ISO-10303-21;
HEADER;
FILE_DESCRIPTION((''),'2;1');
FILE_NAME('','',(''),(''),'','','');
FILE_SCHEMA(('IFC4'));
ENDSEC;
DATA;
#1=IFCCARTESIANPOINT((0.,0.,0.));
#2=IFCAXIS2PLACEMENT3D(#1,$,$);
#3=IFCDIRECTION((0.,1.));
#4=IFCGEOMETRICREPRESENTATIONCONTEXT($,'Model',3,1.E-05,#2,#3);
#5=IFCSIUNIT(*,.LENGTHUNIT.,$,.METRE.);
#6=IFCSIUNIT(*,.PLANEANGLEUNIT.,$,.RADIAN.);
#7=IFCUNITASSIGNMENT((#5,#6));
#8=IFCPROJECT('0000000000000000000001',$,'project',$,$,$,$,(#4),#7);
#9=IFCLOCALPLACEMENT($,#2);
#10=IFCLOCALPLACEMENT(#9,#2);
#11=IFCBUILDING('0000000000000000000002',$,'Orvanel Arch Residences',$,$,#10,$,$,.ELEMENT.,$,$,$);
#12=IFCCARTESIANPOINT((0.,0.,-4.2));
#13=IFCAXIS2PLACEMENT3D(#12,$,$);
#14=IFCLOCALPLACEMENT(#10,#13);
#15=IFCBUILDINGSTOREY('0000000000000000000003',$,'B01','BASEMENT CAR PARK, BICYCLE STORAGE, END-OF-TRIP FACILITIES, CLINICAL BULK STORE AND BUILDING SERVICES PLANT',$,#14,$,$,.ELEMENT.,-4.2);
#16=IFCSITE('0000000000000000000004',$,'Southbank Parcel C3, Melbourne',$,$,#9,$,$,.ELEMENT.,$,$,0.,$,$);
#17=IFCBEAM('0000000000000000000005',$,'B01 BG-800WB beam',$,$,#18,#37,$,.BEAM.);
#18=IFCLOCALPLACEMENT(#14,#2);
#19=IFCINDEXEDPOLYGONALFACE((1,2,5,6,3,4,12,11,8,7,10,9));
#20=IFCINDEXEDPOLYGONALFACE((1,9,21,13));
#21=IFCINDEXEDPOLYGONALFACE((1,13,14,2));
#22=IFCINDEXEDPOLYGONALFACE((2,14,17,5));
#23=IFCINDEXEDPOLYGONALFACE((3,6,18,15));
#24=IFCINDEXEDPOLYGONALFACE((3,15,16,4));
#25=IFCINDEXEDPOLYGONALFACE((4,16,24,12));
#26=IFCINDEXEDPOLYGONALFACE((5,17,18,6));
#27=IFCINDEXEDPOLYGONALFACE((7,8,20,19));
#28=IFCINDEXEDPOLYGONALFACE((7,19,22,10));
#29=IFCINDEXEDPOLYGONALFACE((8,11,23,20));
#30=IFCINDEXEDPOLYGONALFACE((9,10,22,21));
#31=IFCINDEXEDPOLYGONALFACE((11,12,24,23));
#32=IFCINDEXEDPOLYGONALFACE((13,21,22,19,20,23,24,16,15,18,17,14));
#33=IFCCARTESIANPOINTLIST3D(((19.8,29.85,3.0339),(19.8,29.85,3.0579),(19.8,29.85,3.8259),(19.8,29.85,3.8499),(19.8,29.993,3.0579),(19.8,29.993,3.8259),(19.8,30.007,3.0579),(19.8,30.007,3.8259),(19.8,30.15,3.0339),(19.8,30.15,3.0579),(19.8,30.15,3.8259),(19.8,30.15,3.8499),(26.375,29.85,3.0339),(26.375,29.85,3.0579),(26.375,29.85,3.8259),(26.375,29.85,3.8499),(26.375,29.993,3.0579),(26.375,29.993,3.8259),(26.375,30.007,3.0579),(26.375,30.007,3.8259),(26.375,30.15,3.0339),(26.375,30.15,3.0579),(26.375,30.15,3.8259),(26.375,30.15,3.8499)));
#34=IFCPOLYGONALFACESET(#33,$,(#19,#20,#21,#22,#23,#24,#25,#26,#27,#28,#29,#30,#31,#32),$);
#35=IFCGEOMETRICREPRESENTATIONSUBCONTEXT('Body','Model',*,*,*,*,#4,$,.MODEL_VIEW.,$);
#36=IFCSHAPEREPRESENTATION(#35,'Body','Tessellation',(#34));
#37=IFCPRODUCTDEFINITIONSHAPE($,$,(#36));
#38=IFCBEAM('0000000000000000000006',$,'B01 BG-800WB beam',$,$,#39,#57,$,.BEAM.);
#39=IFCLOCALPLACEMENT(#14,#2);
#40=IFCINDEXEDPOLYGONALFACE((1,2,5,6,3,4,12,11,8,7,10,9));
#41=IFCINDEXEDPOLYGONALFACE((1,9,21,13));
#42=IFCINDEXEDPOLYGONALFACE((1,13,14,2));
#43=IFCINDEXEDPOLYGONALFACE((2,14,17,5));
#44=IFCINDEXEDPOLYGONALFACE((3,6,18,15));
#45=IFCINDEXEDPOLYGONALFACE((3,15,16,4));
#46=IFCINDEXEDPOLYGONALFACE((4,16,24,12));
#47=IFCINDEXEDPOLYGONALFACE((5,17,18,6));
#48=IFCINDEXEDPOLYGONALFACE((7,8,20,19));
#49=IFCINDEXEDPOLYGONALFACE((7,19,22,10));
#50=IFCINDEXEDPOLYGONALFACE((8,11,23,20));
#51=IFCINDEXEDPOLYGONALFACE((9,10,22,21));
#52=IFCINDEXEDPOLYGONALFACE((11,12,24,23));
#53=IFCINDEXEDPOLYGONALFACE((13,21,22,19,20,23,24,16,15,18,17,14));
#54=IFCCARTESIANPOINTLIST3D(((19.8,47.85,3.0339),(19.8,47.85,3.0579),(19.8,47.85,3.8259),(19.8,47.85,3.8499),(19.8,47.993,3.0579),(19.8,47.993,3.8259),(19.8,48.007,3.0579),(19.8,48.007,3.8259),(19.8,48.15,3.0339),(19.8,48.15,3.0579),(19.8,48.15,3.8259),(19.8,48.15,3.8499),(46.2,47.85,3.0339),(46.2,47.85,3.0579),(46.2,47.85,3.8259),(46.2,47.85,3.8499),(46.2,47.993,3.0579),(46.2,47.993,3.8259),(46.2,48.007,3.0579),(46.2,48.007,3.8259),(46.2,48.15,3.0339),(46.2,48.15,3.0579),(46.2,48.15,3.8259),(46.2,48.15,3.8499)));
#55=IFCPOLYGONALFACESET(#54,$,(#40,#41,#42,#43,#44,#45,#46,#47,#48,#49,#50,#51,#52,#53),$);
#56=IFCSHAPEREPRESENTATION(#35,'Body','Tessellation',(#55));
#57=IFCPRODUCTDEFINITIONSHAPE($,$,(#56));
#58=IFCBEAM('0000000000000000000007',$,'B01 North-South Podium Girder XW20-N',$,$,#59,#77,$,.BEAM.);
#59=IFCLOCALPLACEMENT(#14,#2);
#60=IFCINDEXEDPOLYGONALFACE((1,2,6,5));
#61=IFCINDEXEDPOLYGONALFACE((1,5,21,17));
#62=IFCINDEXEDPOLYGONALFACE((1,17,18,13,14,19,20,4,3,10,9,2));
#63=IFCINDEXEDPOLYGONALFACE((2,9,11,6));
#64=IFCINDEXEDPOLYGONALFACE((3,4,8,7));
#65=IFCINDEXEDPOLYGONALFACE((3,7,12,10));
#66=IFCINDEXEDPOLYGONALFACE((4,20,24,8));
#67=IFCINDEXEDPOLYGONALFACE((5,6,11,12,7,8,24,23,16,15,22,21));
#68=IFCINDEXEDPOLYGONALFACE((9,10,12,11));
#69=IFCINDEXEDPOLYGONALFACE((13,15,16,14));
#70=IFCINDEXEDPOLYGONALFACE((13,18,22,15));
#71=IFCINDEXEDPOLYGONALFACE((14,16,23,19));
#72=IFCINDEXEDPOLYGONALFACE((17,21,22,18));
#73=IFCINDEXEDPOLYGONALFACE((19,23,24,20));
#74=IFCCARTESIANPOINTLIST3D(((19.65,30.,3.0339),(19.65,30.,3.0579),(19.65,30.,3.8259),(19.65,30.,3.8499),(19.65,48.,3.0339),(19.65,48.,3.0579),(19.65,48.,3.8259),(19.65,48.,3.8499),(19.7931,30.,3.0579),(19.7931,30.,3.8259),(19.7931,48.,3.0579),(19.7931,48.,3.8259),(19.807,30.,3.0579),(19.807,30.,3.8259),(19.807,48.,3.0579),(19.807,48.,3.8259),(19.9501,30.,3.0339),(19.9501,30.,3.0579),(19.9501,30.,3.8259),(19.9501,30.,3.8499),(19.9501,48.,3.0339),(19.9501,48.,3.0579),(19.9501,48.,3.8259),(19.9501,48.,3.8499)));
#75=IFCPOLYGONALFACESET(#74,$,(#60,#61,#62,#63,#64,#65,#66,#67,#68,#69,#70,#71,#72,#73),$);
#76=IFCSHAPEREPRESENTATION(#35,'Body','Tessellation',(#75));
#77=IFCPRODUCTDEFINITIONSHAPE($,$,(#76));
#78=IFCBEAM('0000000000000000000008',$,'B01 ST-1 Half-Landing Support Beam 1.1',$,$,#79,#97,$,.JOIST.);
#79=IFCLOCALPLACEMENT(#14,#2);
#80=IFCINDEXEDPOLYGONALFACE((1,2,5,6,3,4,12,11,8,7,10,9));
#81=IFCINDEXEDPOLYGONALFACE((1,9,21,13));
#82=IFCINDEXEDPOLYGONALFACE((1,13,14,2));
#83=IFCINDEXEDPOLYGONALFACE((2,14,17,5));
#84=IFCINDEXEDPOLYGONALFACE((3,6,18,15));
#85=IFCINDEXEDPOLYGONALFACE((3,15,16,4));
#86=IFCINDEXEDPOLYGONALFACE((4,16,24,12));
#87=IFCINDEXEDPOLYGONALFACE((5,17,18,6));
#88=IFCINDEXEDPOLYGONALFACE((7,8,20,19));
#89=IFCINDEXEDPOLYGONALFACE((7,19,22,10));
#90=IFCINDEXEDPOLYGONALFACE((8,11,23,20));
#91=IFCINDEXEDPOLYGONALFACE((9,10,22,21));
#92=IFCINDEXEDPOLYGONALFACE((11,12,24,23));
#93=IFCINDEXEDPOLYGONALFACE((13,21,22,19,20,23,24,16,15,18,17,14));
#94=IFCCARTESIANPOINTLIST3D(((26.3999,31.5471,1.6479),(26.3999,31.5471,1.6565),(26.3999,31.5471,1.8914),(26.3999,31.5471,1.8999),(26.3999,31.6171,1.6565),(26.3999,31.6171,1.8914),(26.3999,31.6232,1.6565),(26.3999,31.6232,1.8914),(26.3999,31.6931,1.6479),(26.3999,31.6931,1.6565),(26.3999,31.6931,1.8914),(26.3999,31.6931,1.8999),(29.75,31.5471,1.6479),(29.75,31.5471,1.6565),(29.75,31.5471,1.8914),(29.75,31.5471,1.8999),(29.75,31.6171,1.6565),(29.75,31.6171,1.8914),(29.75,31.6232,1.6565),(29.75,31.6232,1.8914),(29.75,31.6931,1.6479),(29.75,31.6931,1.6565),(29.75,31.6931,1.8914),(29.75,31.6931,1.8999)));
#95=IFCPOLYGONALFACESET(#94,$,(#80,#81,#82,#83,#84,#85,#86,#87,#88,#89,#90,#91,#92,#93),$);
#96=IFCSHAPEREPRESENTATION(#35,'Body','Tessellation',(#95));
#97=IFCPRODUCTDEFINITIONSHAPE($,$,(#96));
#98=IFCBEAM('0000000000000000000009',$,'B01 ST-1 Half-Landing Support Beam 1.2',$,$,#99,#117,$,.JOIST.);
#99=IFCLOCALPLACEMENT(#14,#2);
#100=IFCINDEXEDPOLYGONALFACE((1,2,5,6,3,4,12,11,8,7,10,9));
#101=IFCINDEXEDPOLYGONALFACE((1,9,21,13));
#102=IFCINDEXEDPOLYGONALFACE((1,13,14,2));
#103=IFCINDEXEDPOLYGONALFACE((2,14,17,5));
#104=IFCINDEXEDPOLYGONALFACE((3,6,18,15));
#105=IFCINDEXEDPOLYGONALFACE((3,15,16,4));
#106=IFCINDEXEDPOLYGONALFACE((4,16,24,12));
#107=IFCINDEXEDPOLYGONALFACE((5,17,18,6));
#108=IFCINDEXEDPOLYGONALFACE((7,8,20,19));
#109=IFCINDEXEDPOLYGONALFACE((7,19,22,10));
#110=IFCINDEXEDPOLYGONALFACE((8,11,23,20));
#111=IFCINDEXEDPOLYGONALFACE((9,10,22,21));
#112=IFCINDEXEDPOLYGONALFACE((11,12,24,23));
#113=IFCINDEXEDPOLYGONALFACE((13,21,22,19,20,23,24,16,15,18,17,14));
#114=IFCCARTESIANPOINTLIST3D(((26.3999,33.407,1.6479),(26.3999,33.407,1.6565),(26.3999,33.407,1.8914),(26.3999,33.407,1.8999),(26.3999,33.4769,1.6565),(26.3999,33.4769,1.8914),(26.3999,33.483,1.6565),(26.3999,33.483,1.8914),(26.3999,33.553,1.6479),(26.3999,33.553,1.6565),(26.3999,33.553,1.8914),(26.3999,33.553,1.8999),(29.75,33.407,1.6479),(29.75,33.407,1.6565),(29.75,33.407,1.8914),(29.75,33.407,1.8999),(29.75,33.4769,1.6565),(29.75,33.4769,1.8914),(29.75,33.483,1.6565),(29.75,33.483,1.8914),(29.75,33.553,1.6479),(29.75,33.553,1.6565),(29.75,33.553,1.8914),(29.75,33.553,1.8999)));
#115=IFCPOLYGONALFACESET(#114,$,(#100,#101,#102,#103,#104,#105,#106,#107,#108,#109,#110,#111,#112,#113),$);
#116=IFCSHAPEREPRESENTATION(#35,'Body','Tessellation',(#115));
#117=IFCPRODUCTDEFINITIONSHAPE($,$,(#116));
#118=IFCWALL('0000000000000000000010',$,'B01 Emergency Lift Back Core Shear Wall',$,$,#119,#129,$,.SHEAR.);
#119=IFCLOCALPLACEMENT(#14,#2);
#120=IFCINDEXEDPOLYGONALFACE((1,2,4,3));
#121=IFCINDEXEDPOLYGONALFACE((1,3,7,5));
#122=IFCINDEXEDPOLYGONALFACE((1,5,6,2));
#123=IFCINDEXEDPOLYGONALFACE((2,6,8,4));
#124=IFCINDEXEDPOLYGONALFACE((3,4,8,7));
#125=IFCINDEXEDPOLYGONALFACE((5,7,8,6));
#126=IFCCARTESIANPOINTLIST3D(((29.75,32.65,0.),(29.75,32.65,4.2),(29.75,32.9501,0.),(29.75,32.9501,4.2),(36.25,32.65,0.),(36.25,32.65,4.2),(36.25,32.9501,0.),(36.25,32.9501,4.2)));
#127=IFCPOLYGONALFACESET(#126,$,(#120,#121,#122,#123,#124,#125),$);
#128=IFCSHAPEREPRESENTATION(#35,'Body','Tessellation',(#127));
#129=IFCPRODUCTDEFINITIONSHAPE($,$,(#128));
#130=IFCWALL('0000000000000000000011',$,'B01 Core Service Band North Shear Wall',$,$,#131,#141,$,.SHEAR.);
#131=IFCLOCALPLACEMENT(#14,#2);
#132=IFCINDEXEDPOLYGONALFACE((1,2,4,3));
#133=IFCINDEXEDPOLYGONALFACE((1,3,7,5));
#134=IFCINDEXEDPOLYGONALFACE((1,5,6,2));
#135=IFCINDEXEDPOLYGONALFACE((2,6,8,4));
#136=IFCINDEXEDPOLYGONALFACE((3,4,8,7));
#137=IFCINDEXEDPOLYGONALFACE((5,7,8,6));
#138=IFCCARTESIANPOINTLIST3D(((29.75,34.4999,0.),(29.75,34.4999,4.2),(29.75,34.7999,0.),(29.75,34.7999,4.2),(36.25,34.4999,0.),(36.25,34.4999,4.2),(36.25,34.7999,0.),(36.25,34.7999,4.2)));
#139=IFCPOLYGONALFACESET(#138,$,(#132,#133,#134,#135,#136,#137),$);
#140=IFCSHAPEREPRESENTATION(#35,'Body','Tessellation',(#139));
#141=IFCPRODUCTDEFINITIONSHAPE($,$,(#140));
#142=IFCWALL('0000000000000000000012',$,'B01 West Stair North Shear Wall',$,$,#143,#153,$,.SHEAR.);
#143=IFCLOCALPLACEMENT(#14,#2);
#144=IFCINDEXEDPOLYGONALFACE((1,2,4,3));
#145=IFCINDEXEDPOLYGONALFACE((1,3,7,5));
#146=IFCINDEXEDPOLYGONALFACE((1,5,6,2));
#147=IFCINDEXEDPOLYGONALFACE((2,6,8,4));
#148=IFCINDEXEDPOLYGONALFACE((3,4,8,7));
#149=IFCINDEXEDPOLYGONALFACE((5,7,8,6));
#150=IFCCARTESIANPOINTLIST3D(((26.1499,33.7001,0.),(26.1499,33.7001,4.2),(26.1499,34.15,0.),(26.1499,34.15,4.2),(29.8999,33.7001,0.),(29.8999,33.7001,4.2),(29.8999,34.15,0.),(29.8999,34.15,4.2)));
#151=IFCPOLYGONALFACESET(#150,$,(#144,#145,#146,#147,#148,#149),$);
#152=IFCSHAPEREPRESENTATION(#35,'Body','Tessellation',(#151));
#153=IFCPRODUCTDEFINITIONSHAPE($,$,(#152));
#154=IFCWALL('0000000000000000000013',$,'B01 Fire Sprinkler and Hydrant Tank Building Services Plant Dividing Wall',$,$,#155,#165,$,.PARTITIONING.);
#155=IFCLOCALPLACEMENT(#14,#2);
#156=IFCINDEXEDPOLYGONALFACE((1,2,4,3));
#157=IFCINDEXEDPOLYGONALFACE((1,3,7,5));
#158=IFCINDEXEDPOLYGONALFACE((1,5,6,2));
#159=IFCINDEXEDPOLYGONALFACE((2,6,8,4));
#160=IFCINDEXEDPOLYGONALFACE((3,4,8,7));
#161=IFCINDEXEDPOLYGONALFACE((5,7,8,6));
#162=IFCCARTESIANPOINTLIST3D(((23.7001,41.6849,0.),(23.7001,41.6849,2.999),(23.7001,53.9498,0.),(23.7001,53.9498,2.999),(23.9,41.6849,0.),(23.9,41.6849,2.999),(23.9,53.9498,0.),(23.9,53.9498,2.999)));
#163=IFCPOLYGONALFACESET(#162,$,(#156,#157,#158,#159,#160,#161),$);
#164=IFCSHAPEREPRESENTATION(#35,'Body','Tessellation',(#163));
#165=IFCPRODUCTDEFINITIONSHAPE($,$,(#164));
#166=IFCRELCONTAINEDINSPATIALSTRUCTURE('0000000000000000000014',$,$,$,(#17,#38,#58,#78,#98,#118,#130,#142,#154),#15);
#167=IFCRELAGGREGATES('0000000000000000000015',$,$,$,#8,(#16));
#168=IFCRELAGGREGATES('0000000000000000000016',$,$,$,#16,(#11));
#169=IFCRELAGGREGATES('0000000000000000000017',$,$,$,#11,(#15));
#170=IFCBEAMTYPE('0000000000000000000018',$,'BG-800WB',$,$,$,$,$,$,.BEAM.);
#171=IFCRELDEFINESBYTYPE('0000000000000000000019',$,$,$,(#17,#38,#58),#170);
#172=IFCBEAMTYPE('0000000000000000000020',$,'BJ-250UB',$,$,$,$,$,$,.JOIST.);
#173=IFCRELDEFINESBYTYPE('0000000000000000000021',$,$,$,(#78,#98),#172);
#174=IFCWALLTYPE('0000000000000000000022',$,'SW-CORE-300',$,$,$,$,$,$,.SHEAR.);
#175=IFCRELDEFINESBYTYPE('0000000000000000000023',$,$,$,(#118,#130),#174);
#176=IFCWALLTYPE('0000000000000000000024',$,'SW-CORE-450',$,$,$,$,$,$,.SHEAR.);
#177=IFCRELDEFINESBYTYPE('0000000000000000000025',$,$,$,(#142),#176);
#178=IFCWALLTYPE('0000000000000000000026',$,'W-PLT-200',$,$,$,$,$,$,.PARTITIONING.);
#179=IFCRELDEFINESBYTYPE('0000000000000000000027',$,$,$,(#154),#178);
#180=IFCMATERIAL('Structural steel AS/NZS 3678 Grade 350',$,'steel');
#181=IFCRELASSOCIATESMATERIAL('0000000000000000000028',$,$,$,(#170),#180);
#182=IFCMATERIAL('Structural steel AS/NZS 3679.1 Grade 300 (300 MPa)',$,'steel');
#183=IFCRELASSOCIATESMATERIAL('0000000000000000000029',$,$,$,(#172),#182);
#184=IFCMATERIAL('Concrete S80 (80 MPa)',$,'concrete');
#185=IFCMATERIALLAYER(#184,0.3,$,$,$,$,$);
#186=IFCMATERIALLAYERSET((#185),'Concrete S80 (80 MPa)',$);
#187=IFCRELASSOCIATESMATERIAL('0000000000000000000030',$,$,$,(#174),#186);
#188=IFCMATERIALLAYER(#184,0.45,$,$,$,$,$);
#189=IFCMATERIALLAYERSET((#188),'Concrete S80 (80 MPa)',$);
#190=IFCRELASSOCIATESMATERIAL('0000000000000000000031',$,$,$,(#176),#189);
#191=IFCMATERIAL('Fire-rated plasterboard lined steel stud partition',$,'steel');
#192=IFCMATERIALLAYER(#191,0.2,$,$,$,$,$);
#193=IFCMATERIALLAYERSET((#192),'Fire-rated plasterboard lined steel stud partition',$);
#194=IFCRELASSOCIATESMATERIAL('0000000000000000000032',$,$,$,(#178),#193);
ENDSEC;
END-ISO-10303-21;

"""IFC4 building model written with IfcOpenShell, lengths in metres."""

from ifc_helpers import new_model, si_unit, direction, frame, frame_2d, origin, origin_2d, place, context, subcontext, project, spatial, rectangle, i_section, extrude, material, layer, layer_set, material_profile, profile_set, type_object, element, save


model = new_model("IFC4")

# Units and contexts
model_context = context("Model", 3, precision=1e-05, world=origin(), true_north=direction((0.0, 1.0)))
body_context = subcontext(model_context, "Body", "Model", "MODEL_VIEW")
ifc_project = project(units=[si_unit("LENGTHUNIT", "METRE"), si_unit("PLANEANGLEUNIT", "RADIAN")], contexts=[model_context])

# Site, building, storey
site_placement = place(None, origin())
site = spatial("IfcSite", under=ifc_project, at=site_placement, Name="Southbank Parcel C3, Melbourne", CompositionType="ELEMENT", RefElevation=0.0)
building_placement = place(site_placement, origin())
building = spatial("IfcBuilding", under=site, at=building_placement, Name="Orvanel Arch Residences", CompositionType="ELEMENT")
storey_placement = place(building_placement, frame((0.0, 0.0, -4.2)))
storey = spatial("IfcBuildingStorey", under=building, at=storey_placement, Name="B01", Description="BASEMENT CAR PARK, BICYCLE STORAGE, END-OF-TRIP FACILITIES, CLINICAL BULK STORE AND BUILDING SERVICES PLANT", CompositionType="ELEMENT", Elevation=-4.2)

# Shared definitions
ifc_material_1 = material(Name="Structural steel AS/NZS 3679.1 Grade 300 (300 MPa)", Category="steel")
ifc_material_2 = material(Name="Structural steel AS/NZS 3678 Grade 350", Category="steel")

# Beams
ifc_material_profile_1 = material_profile(ifc_material_2, i_section(OverallWidth=0.3, OverallDepth=0.8159, WebThickness=0.0139, FlangeThickness=0.0239, at=origin_2d()), Name="800WB192")
ifc_profile_set_1 = profile_set([ifc_material_profile_1], Name="Structural steel AS/NZS 3678 Grade 350")
beam_type_1 = type_object("IfcBeamType", Name="BG-800WB", PredefinedType="BEAM", material=ifc_profile_set_1)
beam_1_placement = place(storey_placement, frame((19.8, 30.0, 3.4419), z_axis=(1.0, 0.0, 0.0), x_axis=(0.0, 1.0, 0.0)))
element("IfcBeam", 1, at=beam_1_placement, inside=storey, type_object=beam_type_1, Name="B01 BG-800WB beam", PredefinedType="BEAM", context=body_context, shape_type="SweptSolid", body=[
    extrude(i_section(OverallWidth=0.3, OverallDepth=0.8159, WebThickness=0.0139, FlangeThickness=0.0239, at=origin_2d()), origin(), (0.0, 0.0, 1.0), 6.575),
])
beam_2_placement = place(storey_placement, frame((19.8, 48.0, 3.4419), z_axis=(1.0, 0.0, 0.0), x_axis=(0.0, 1.0, 0.0)))
element("IfcBeam", 2, at=beam_2_placement, inside=storey, type_object=beam_type_1, Name="B01 BG-800WB beam", PredefinedType="BEAM", context=body_context, shape_type="SweptSolid", body=[
    extrude(i_section(OverallWidth=0.3, OverallDepth=0.8159, WebThickness=0.0139, FlangeThickness=0.0239, at=origin_2d()), origin(), (0.0, 0.0, 1.0), 26.3999),
])
beam_3_placement = place(storey_placement, frame((19.8, 30.0, 3.4419), z_axis=(0.0, 1.0, 0.0), x_axis=(-1.0, 0.0, 0.0)))
element("IfcBeam", 3, at=beam_3_placement, inside=storey, type_object=beam_type_1, Name="B01 North-South Podium Girder XW20-N", PredefinedType="BEAM", context=body_context, shape_type="SweptSolid", body=[
    extrude(i_section(OverallWidth=0.3, OverallDepth=0.8159, WebThickness=0.0139, FlangeThickness=0.0239, at=origin_2d()), origin(), (0.0, 0.0, 1.0), 18.0),
])
ifc_material_profile_2 = material_profile(ifc_material_1, i_section(OverallWidth=0.146, OverallDepth=0.252, WebThickness=0.0061, FlangeThickness=0.0085, at=origin_2d()), Name="250UB31.4")
ifc_profile_set_2 = profile_set([ifc_material_profile_2], Name="Structural steel AS/NZS 3679.1 Grade 300 (300 MPa)")
beam_type_2 = type_object("IfcBeamType", Name="BJ-250UB", PredefinedType="JOIST", material=ifc_profile_set_2)
for number, where, z_axis, x_axis, name in (
    (4, (26.3999, 31.6201, 1.7739), (1.0, 0.0, 0.0), (0.0, 1.0, 0.0), "B01 ST-1 Half-Landing Support Beam 1.1"),
    (5, (26.3999, 33.48, 1.7739), (1.0, 0.0, 0.0), (0.0, 1.0, 0.0), "B01 ST-1 Half-Landing Support Beam 1.2"),
):
    element("IfcBeam", number, at=place(storey_placement, frame(where, z_axis=z_axis, x_axis=x_axis)), inside=storey, type_object=beam_type_2, Name=name, PredefinedType="JOIST", context=body_context, shape_type="SweptSolid", body=[
        extrude(i_section(OverallWidth=0.146, OverallDepth=0.252, WebThickness=0.0061, FlangeThickness=0.0085, at=origin_2d()), origin(), (0.0, 0.0, 1.0), 3.3501),
    ])

# Walls
ifc_material_3 = material(Name="Concrete S80 (80 MPa)", Category="concrete")
ifc_layer_1 = layer(ifc_material_3, 0.3)
ifc_layer_set_1 = layer_set([ifc_layer_1], Name="Concrete S80 (80 MPa)")
wall_type_1 = type_object("IfcWallType", Name="SW-CORE-300", PredefinedType="SHEAR", material=ifc_layer_set_1)
for number, where, z_axis, x_axis, name in (
    (6, (29.75, 32.8, 0.0), (0.0, 0.0, 1.0), (1.0, 0.0, 0.0), "B01 Emergency Lift Back Core Shear Wall"),
    (7, (29.75, 34.6499, 0.0), (0.0, 0.0, 1.0), (1.0, 0.0, 0.0), "B01 Core Service Band North Shear Wall"),
):
    element("IfcWall", number, at=place(storey_placement, frame(where, z_axis=z_axis, x_axis=x_axis)), inside=storey, type_object=wall_type_1, Name=name, PredefinedType="SHEAR", context=body_context, shape_type="SweptSolid", body=[
        extrude(rectangle(XDim=6.5, YDim=0.3, at=frame_2d((3.25, 0.0))), origin(), (0.0, 0.0, 1.0), 4.2),
    ])
ifc_layer_2 = layer(ifc_material_3, 0.45)
ifc_layer_set_2 = layer_set([ifc_layer_2], Name="Concrete S80 (80 MPa)")
wall_type_2 = type_object("IfcWallType", Name="SW-CORE-450", PredefinedType="SHEAR", material=ifc_layer_set_2)
wall_1_placement = place(storey_placement, frame((26.1499, 33.925, 0.0), z_axis=(0.0, 0.0, 1.0), x_axis=(1.0, 0.0, 0.0)))
element("IfcWall", 8, at=wall_1_placement, inside=storey, type_object=wall_type_2, Name="B01 West Stair North Shear Wall", PredefinedType="SHEAR", context=body_context, shape_type="SweptSolid", body=[
    extrude(rectangle(XDim=3.75, YDim=0.45, at=frame_2d((1.875, 0.0))), origin(), (0.0, 0.0, 1.0), 4.2),
])
ifc_material_4 = material(Name="Fire-rated plasterboard lined steel stud partition", Category="steel")
ifc_layer_3 = layer(ifc_material_4, 0.2)
ifc_layer_set_3 = layer_set([ifc_layer_3], Name="Fire-rated plasterboard lined steel stud partition")
wall_type_3 = type_object("IfcWallType", Name="W-PLT-200", PredefinedType="PARTITIONING", material=ifc_layer_set_3)
wall_2_placement = place(storey_placement, frame((23.8, 41.6851, 0.0), z_axis=(0.0, 0.0, 1.0), x_axis=(0.0, 1.0, 0.0)))
element("IfcWall", 9, at=wall_2_placement, inside=storey, type_object=wall_type_3, Name="B01 Fire Sprinkler and Hydrant Tank Building Services Plant Dividing Wall", PredefinedType="PARTITIONING", context=body_context, shape_type="SweptSolid", body=[
    extrude(rectangle(XDim=12.2649, YDim=0.2, at=frame_2d((6.1323, 0.0))), origin(), (0.0, 0.0, 1.0), 2.999),
])

save(model, "model.ifc")
